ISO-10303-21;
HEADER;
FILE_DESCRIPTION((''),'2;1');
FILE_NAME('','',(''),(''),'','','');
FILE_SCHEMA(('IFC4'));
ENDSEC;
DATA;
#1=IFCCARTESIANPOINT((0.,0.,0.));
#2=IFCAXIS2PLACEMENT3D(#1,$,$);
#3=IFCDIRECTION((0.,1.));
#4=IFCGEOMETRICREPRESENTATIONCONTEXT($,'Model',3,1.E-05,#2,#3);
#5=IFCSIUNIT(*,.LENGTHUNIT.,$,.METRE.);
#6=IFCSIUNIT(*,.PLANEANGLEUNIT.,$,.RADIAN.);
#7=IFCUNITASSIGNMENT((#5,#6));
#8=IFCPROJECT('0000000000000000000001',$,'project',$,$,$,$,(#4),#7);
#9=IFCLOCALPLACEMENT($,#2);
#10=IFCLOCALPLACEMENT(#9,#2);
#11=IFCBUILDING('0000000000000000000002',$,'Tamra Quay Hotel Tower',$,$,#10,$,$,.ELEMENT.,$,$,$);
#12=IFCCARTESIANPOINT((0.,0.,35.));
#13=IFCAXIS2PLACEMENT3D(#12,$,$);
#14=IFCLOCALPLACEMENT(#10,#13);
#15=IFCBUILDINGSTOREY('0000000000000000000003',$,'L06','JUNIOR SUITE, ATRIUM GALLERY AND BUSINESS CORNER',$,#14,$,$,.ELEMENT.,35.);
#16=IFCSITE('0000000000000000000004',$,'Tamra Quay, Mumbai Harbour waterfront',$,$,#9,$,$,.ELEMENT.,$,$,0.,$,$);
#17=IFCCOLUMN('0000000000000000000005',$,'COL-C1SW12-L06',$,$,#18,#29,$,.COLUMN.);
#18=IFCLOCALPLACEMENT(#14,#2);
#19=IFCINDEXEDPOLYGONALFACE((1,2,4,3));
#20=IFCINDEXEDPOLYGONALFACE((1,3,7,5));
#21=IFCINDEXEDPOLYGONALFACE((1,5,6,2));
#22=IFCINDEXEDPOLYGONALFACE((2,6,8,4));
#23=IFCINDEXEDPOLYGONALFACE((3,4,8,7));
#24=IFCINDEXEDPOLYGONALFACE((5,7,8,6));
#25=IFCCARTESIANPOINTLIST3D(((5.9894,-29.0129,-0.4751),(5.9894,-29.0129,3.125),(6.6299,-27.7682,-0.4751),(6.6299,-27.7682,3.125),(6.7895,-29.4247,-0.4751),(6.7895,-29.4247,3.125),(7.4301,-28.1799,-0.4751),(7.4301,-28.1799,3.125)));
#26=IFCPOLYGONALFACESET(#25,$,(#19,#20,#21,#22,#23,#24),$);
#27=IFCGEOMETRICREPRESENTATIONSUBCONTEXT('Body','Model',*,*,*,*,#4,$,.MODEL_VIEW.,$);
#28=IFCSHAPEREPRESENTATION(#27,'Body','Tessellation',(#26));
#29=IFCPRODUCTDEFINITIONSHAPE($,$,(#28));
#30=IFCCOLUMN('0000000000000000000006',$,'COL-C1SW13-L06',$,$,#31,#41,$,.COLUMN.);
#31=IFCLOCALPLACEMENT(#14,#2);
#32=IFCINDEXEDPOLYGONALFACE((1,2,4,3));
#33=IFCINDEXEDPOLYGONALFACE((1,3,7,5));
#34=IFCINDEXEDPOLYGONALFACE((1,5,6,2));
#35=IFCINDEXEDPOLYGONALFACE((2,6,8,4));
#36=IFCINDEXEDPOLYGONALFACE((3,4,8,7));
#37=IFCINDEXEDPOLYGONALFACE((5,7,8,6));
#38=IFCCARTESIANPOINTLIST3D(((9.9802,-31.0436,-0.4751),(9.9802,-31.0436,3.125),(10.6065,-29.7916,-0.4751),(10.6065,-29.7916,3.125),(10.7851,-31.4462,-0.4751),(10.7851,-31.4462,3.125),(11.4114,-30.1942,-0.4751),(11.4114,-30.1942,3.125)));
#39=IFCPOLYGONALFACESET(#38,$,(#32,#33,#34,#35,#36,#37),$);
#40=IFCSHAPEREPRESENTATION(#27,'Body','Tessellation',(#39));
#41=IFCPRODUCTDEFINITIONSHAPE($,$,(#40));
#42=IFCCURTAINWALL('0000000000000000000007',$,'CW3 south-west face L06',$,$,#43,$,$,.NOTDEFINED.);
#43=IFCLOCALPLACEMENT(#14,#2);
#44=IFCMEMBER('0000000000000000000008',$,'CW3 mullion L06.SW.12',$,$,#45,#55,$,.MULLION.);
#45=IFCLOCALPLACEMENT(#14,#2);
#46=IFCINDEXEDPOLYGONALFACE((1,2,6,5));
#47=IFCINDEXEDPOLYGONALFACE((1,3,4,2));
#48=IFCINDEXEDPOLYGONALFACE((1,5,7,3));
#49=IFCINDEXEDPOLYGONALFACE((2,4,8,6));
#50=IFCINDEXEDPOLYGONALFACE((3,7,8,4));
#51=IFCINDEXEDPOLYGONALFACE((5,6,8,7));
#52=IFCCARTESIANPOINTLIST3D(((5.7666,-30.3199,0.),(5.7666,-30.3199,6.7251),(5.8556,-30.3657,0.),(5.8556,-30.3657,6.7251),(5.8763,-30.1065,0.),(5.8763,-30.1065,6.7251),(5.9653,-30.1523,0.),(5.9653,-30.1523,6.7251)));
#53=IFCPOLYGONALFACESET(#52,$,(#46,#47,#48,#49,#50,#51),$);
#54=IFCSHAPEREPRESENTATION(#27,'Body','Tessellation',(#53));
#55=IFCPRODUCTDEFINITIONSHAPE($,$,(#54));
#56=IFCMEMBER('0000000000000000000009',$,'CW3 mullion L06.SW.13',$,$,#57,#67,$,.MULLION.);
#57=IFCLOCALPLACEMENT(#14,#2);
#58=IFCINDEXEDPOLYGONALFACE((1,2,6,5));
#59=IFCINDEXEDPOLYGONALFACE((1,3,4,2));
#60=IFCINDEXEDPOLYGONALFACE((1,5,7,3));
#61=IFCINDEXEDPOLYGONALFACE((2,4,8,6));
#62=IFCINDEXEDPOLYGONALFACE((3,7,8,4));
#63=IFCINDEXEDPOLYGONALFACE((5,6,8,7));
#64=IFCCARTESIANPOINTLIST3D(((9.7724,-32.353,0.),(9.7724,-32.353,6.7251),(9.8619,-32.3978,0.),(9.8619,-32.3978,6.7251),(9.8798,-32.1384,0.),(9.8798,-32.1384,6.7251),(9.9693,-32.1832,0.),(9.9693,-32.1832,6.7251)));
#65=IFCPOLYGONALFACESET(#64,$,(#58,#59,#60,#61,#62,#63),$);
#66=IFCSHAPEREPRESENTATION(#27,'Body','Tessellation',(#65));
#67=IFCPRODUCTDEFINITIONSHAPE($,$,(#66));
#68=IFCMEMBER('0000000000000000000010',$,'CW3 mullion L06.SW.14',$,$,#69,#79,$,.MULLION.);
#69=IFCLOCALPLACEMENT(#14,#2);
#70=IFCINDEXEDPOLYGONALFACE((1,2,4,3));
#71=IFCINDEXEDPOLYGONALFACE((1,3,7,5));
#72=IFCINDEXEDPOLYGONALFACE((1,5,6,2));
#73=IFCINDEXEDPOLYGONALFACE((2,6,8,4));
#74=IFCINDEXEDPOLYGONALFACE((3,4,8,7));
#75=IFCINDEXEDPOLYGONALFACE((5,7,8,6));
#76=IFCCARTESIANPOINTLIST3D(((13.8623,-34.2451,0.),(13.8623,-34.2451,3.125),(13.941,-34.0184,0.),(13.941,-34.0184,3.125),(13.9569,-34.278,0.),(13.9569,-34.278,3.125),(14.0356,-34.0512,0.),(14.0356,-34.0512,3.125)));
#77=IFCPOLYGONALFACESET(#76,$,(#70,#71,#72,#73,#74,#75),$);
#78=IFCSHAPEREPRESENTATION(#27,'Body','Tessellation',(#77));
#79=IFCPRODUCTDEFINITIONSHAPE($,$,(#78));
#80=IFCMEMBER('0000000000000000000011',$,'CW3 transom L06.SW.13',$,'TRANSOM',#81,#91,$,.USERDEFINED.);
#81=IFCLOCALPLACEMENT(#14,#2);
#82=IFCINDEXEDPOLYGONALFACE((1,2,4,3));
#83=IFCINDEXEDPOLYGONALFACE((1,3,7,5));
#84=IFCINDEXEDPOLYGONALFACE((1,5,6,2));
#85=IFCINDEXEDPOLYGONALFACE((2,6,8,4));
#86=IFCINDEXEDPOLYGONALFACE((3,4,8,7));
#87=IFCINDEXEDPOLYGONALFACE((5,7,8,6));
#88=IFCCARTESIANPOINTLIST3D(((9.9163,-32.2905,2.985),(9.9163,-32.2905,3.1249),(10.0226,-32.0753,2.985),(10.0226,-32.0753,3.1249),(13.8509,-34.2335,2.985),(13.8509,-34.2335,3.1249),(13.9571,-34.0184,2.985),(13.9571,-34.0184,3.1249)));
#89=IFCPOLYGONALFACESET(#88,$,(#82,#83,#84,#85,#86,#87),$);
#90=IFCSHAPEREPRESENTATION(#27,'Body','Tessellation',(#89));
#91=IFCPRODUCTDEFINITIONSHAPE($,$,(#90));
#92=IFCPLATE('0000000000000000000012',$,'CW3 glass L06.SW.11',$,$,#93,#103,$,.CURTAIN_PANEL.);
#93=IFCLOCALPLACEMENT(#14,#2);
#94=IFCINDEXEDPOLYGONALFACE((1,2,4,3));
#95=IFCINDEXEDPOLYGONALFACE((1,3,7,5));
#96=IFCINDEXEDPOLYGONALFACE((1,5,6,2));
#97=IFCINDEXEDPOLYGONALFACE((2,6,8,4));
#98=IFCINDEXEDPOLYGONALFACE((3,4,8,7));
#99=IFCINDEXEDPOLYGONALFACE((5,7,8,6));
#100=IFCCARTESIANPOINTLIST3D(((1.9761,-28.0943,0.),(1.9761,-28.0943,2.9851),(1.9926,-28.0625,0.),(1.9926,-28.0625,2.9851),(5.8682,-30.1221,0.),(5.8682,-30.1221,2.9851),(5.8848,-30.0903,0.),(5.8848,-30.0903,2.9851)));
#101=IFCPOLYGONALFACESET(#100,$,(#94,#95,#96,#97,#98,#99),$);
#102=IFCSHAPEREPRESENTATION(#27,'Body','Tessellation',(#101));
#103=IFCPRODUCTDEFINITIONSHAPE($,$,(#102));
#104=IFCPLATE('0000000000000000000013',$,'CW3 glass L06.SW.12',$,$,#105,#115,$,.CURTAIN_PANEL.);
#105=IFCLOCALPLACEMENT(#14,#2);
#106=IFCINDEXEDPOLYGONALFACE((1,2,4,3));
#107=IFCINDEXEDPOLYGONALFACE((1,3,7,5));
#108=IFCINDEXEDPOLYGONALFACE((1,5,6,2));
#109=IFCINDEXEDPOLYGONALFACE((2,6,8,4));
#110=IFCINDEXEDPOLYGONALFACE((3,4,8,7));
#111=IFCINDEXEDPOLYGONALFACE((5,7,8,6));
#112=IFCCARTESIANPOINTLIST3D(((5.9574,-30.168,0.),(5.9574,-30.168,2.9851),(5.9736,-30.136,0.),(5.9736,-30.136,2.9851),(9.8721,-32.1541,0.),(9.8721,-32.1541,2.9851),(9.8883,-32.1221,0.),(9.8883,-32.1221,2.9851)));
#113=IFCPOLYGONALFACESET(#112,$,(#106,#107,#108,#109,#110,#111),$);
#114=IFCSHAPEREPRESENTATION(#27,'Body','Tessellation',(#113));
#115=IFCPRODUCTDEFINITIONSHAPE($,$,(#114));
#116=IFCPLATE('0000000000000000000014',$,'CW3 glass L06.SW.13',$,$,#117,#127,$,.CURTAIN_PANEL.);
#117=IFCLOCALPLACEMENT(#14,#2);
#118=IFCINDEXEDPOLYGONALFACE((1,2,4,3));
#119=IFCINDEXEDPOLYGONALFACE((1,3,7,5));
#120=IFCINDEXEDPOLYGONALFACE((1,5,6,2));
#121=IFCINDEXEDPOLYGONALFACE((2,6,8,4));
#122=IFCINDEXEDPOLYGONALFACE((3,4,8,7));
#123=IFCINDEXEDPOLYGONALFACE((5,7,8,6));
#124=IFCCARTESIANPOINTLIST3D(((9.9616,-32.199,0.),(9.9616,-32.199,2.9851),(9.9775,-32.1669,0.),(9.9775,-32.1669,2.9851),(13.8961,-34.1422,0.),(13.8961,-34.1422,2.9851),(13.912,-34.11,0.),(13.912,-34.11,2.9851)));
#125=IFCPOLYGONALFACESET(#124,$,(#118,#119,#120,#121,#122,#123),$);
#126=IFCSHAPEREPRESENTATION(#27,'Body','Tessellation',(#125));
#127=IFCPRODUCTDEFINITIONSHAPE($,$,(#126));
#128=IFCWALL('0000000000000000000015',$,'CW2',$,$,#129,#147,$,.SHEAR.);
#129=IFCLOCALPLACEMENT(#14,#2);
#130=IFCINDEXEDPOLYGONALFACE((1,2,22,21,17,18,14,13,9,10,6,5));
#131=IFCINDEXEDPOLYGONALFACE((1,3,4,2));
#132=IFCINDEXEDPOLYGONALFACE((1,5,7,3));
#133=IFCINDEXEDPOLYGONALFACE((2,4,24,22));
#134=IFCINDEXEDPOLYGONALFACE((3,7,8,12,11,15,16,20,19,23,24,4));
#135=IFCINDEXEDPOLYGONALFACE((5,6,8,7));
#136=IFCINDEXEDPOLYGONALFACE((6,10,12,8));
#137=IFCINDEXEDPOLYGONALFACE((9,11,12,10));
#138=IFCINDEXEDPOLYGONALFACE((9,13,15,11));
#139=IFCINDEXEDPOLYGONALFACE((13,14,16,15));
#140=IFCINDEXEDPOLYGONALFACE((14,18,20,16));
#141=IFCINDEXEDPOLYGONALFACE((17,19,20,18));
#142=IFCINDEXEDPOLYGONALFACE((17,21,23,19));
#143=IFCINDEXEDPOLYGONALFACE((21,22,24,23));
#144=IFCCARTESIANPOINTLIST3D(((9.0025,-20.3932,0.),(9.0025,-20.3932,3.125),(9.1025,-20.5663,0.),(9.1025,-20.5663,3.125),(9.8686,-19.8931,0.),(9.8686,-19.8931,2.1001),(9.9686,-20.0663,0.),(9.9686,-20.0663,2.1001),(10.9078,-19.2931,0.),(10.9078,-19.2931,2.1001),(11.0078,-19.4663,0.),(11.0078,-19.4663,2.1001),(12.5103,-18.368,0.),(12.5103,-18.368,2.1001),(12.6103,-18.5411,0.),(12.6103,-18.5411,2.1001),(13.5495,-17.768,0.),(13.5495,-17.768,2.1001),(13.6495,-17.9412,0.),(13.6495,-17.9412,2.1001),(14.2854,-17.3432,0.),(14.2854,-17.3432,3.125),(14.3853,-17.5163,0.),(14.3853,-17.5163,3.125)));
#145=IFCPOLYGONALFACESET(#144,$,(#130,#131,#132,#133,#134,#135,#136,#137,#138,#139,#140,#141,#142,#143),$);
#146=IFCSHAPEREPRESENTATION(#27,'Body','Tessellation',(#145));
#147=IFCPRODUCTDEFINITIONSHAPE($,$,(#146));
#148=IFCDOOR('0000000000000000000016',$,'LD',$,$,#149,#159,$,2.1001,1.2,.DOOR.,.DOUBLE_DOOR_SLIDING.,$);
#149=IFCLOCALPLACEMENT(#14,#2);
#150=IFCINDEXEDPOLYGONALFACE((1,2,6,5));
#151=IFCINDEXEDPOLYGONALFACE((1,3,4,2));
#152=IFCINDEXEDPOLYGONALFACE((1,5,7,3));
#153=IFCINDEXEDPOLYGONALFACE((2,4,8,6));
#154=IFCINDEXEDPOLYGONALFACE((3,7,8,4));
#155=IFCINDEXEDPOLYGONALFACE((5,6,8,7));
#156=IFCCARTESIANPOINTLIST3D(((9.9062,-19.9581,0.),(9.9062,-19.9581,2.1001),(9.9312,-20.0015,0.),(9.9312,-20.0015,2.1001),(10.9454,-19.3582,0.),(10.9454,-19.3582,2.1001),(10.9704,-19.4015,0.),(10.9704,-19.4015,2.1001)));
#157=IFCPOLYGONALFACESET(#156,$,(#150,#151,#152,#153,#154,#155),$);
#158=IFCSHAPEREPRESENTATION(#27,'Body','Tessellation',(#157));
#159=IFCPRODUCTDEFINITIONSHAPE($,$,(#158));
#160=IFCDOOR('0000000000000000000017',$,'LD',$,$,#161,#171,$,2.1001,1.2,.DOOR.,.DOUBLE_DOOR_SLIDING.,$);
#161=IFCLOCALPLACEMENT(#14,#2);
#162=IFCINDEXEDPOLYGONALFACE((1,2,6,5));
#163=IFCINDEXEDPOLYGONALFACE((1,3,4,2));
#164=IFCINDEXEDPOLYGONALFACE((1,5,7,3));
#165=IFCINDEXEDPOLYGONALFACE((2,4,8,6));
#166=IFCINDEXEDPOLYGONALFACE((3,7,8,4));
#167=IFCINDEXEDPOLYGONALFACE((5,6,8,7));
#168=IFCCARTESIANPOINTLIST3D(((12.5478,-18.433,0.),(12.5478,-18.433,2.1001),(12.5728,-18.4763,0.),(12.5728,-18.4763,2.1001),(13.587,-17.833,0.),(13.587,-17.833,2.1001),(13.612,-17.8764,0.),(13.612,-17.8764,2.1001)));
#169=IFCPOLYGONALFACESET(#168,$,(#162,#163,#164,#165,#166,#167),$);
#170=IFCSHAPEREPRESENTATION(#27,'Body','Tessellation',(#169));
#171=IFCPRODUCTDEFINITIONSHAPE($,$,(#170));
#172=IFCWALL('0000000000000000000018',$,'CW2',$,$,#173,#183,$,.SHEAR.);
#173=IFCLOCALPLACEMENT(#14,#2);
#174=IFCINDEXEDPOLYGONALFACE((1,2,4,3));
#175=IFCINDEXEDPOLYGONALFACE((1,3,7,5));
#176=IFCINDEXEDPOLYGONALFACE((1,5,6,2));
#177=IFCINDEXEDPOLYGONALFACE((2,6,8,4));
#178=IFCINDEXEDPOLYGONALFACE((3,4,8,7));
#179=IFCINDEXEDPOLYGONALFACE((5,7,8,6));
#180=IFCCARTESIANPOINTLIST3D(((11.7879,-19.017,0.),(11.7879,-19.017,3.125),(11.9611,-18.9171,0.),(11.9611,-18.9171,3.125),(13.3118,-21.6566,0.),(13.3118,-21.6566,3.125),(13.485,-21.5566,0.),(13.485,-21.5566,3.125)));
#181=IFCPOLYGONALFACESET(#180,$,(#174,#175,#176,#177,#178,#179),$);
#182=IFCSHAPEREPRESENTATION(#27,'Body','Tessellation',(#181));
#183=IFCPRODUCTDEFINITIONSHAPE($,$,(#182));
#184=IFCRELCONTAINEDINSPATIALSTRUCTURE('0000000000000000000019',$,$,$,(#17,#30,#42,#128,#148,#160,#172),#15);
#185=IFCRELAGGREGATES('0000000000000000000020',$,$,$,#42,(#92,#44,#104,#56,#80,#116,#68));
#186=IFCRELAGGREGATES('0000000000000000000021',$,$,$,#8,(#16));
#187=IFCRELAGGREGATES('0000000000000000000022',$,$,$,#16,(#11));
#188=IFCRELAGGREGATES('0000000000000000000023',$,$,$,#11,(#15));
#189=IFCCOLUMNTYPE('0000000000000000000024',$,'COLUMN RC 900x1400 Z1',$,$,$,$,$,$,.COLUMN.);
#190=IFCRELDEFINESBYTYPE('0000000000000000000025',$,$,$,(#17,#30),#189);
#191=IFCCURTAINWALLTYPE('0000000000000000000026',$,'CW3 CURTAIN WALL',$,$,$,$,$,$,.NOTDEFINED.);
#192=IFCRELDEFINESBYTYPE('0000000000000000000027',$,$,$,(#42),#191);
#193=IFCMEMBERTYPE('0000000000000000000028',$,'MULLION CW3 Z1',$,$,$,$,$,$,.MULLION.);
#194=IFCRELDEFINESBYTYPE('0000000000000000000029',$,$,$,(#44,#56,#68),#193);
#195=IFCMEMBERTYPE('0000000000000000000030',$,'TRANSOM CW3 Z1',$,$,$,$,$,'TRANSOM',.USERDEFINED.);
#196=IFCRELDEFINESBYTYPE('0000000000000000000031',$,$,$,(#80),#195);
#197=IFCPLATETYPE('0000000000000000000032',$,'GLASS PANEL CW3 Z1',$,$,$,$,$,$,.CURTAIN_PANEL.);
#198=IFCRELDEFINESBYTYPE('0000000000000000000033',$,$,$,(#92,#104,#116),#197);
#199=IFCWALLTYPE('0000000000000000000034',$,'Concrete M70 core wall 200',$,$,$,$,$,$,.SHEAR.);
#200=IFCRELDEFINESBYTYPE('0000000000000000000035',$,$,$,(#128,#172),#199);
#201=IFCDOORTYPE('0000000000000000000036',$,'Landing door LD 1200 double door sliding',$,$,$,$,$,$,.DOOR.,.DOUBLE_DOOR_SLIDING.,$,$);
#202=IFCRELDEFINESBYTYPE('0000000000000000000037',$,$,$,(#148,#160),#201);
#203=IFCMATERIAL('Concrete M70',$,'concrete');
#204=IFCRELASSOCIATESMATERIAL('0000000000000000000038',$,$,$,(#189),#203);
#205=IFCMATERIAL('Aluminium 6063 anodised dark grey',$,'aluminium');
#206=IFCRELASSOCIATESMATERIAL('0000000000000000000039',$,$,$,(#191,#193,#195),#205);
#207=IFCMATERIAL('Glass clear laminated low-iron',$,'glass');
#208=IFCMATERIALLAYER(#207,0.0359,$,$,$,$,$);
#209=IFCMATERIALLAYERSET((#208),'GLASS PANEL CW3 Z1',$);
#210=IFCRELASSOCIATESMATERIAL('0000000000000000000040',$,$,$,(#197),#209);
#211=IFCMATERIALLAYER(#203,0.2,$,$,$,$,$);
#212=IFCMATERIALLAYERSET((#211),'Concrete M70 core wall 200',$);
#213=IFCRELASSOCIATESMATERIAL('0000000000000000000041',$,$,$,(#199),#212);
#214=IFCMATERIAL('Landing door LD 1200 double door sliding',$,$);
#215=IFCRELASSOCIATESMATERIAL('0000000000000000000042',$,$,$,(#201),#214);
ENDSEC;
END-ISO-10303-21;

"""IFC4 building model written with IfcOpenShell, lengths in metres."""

from ifc_helpers import new_model, si_unit, direction, frame, frame_2d, origin, origin_2d, place, context, subcontext, project, spatial, rectangle, extrude, material, layer, layer_set, material_profile, profile_set, type_object, element, fill, aggregate, save


model = new_model("IFC4")

# Units and contexts
model_context = context("Model", 3, precision=1e-05, world=origin(), true_north=direction((0.0, 1.0)))
body_context = subcontext(model_context, "Body", "Model", "MODEL_VIEW")
ifc_project = project(units=[si_unit("LENGTHUNIT", "METRE"), si_unit("PLANEANGLEUNIT", "RADIAN")], contexts=[model_context])

# Site, building, storey
site_placement = place(None, origin())
site = spatial("IfcSite", under=ifc_project, at=site_placement, Name="Tamra Quay, Mumbai Harbour waterfront", CompositionType="ELEMENT", RefElevation=0.0)
building_placement = place(site_placement, origin())
building = spatial("IfcBuilding", under=site, at=building_placement, Name="Tamra Quay Hotel Tower", CompositionType="ELEMENT")
storey_placement = place(building_placement, frame((0.0, 0.0, 35.0)))
storey = spatial("IfcBuildingStorey", under=building, at=storey_placement, Name="L06", Description="JUNIOR SUITE, ATRIUM GALLERY AND BUSINESS CORNER", CompositionType="ELEMENT", Elevation=35.0)

# Columns
ifc_material_1 = material(Name="Concrete M70", Category="concrete")
ifc_material_profile_1 = material_profile(ifc_material_1, rectangle(XDim=1.3999, YDim=0.8999, at=origin_2d()), Name="COLUMN RC 900x1400 Z1")
ifc_profile_set_1 = profile_set([ifc_material_profile_1], Name="Concrete M70")
column_type = type_object("IfcColumnType", Name="COLUMN RC 900x1400 Z1", PredefinedType="COLUMN", material=ifc_profile_set_1)
for number, where, z_axis, x_axis, name in (
    (1, (6.7097, -28.5964, -0.4751), (0.0, 0.0, 1.0), (0.457548, 0.889185, 0.0), "COL-C1SW12-L06"),
    (2, (10.6958, -30.6189, -0.4751), (0.0, 0.0, 1.0), (0.447377, 0.894346, 0.0), "COL-C1SW13-L06"),
):
    element("IfcColumn", number, at=place(storey_placement, frame(where, z_axis=z_axis, x_axis=x_axis)), inside=storey, type_object=column_type, Name=name, PredefinedType="COLUMN", context=body_context, shape_type="SweptSolid", body=[
        extrude(rectangle(XDim=1.3999, YDim=0.8999, at=origin_2d()), origin(), (0.0, 0.0, 1.0), 3.6001),
    ])

# Curtain wall, members, plates
ifc_material_2 = material(Name="Aluminium 6063 anodised dark grey", Category="aluminium")
curtain_wall_type = type_object("IfcCurtainWallType", Name="CW3 CURTAIN WALL", PredefinedType="NOTDEFINED", material=ifc_material_2)
curtain_wall_placement = place(storey_placement, origin())
curtain_wall = element("IfcCurtainWall", 3, at=curtain_wall_placement, inside=storey, type_object=curtain_wall_type, Name="CW3 south-west face L06", PredefinedType="NOTDEFINED")
ifc_material_profile_2 = material_profile(ifc_material_2, rectangle(XDim=0.24, YDim=0.1001, at=origin_2d()), Name="MULLION 100X240")
ifc_profile_set_2 = profile_set([ifc_material_profile_2], Name="Aluminium 6063 anodised dark grey")
member_type_1 = type_object("IfcMemberType", Name="MULLION CW3 Z1", PredefinedType="MULLION", material=ifc_profile_set_2)
member_1_placement = place(storey_placement, frame((5.866, -30.2361, 0.0), z_axis=(0.0, 0.0, 1.0), x_axis=(-0.457254, -0.889336, 0.0)))
member_1 = element("IfcMember", 4, at=member_1_placement, type_object=member_type_1, Name="CW3 mullion L06.SW.12", PredefinedType="MULLION", context=body_context, shape_type="SweptSolid", body=[
    extrude(rectangle(XDim=0.24, YDim=0.1001, at=origin_2d()), origin(), (0.0, 0.0, 1.0), 6.7251),
])
member_2_placement = place(storey_placement, frame((9.8708, -32.2681, 0.0), z_axis=(0.0, 0.0, 1.0), x_axis=(-0.447641, -0.894214, 0.0)))
member_2 = element("IfcMember", 5, at=member_2_placement, type_object=member_type_1, Name="CW3 mullion L06.SW.13", PredefinedType="MULLION", context=body_context, shape_type="SweptSolid", body=[
    extrude(rectangle(XDim=0.24, YDim=0.1001, at=origin_2d()), origin(), (0.0, 0.0, 1.0), 6.7251),
])
member_3_placement = place(storey_placement, frame((13.949, -34.1482, 0.0), z_axis=(0.0, 0.0, 1.0), x_axis=(-0.327898, -0.944713, 0.0)))
member_3 = element("IfcMember", 6, at=member_3_placement, type_object=member_type_1, Name="CW3 mullion L06.SW.14", PredefinedType="MULLION", context=body_context, shape_type="SweptSolid", body=[
    extrude(rectangle(XDim=0.24, YDim=0.1001, at=origin_2d()), origin(), (0.0, 0.0, 1.0), 3.125),
])
ifc_material_profile_3 = material_profile(ifc_material_2, rectangle(XDim=0.24, YDim=0.1399, at=origin_2d()), Name="TRANSOM 240X140")
ifc_profile_set_3 = profile_set([ifc_material_profile_3], Name="Aluminium 6063 anodised dark grey")
member_type_2 = type_object("IfcMemberType", Name="TRANSOM CW3 Z1", ElementType="TRANSOM", PredefinedType="USERDEFINED", material=ifc_profile_set_3)
member_4_placement = place(storey_placement, frame((9.9695, -32.1829, 3.0549), z_axis=(0.896619, -0.442802, 0.0), x_axis=(0.442802, 0.896619, 0.0)))
member_4 = element("IfcMember", 7, at=member_4_placement, type_object=member_type_2, Name="CW3 transom L06.SW.13", ObjectType="TRANSOM", PredefinedType="USERDEFINED", context=body_context, shape_type="SweptSolid", body=[
    extrude(rectangle(XDim=0.24, YDim=0.1399, at=origin_2d()), origin(), (0.0, 0.0, 1.0), 4.3882),
])
ifc_material_3 = material(Name="Glass clear laminated low-iron", Category="glass")
ifc_layer_1 = layer(ifc_material_3, 0.0359)
ifc_layer_set_1 = layer_set([ifc_layer_1], Name="GLASS PANEL CW3 Z1")
plate_type = type_object("IfcPlateType", Name="GLASS PANEL CW3 Z1", PredefinedType="CURTAIN_PANEL", material=ifc_layer_set_1)
plate_1_placement = place(storey_placement, frame((3.9304, -29.0923, 0.0), z_axis=(0.0, 0.0, 1.0), x_axis=(0.886857, -0.462045, 0.0)))
plate_1 = element("IfcPlate", 8, at=plate_1_placement, type_object=plate_type, Name="CW3 glass L06.SW.11", PredefinedType="CURTAIN_PANEL", context=body_context, shape_type="SweptSolid", body=[
    extrude(rectangle(XDim=4.3887, YDim=0.0359, at=origin_2d()), origin(), (0.0, 0.0, 1.0), 2.9851),
])
plate_2_placement = place(storey_placement, frame((7.9229, -31.145, 0.0), z_axis=(0.0, 0.0, 1.0), x_axis=(0.89179, -0.45245, 0.0)))
plate_2 = element("IfcPlate", 9, at=plate_2_placement, type_object=plate_type, Name="CW3 glass L06.SW.12", PredefinedType="CURTAIN_PANEL", context=body_context, shape_type="SweptSolid", body=[
    extrude(rectangle(XDim=4.3896, YDim=0.0359, at=origin_2d()), origin(), (0.0, 0.0, 1.0), 2.9851),
])
plate_3_placement = place(storey_placement, frame((11.9368, -33.1545, 0.0), z_axis=(0.0, 0.0, 1.0), x_axis=(0.896611, -0.442819, 0.0)))
plate_3 = element("IfcPlate", 10, at=plate_3_placement, type_object=plate_type, Name="CW3 glass L06.SW.13", PredefinedType="CURTAIN_PANEL", context=body_context, shape_type="SweptSolid", body=[
    extrude(rectangle(XDim=4.3882, YDim=0.0359, at=origin_2d()), origin(), (0.0, 0.0, 1.0), 2.9851),
])
aggregate(curtain_wall, [plate_1, member_1, plate_2, member_2, member_4, plate_3, member_3])

# Wall, openings, doors
ifc_layer_2 = layer(ifc_material_1, 0.2)
ifc_layer_set_2 = layer_set([ifc_layer_2], Name="Concrete M70 core wall 200")
wall_type_1 = type_object("IfcWallType", Name="Concrete M70 core wall 200", PredefinedType="SHEAR", material=ifc_layer_set_2)
wall_1_placement = place(storey_placement, frame((9.0525, -20.4797, 0.0), z_axis=(0.0, 0.0, 1.0), x_axis=(0.86603, 0.499992, 0.0)))
wall_1 = element("IfcWall", 11, at=wall_1_placement, inside=storey, type_object=wall_type_1, Name="CW2", PredefinedType="SHEAR", context=body_context, shape_type="SweptSolid", body=[
    extrude(rectangle(XDim=6.1001, YDim=0.2, at=frame_2d((3.05, 0.0))), origin(), (0.0, 0.0, 1.0), 3.125),
])
opening_1_placement = place(wall_1_placement, frame((1.0, 0.0, 0.0)))
opening_1 = element("IfcOpeningElement", 12, at=opening_1_placement, cuts=wall_1, PredefinedType="OPENING", context=body_context, shape_type="SweptSolid", body=[
    extrude(rectangle(XDim=1.2, YDim=2.1001, at=frame_2d((0.6001, 1.05))), frame((0.0, 0.1099, 0.0), z_axis=(0.0, -1.0, 0.0), x_axis=(1.0, 0.0, 0.0)), (0.0, 0.0, 1.0), 0.22),
])
opening_2_placement = place(wall_1_placement, frame((4.0503, 0.0, 0.0)))
opening_2 = element("IfcOpeningElement", 13, at=opening_2_placement, cuts=wall_1, PredefinedType="OPENING", context=body_context, shape_type="SweptSolid", body=[
    extrude(rectangle(XDim=1.2, YDim=2.1001, at=frame_2d((0.6001, 1.05))), frame((0.0, 0.1099, 0.0), z_axis=(0.0, -1.0, 0.0), x_axis=(1.0, 0.0, 0.0)), (0.0, 0.0, 1.0), 0.22),
])
ifc_material_4 = material(Name="Landing door LD 1200 double door sliding")
door_type_1 = type_object("IfcDoorType", Name="Landing door LD 1200 double door sliding", OperationType="DOUBLE_DOOR_SLIDING", PredefinedType="DOOR", material=ifc_material_4)
door_1_placement = place(opening_1_placement, origin())
door_1 = element("IfcDoor", 14, at=door_1_placement, inside=storey, type_object=door_type_1, Name="LD", OperationType="DOUBLE_DOOR_SLIDING", OverallHeight=2.1001, OverallWidth=1.2, PredefinedType="DOOR", context=body_context, shape_type="SweptSolid", body=[
    extrude(rectangle(XDim=1.2, YDim=2.1001, at=frame_2d((0.6001, 1.05))), frame((0.0, 0.0249, 0.0), z_axis=(0.0, -1.0, 0.0), x_axis=(1.0, 0.0, 0.0)), (0.0, 0.0, 1.0), 0.05),
])
fill(opening_1, door_1)
door_2_placement = place(opening_2_placement, origin())
door_2 = element("IfcDoor", 15, at=door_2_placement, inside=storey, type_object=door_type_1, Name="LD", OperationType="DOUBLE_DOOR_SLIDING", OverallHeight=2.1001, OverallWidth=1.2, PredefinedType="DOOR", context=body_context, shape_type="SweptSolid", body=[
    extrude(rectangle(XDim=1.2, YDim=2.1001, at=frame_2d((0.6001, 1.05))), frame((0.0, 0.0249, 0.0), z_axis=(0.0, -1.0, 0.0), x_axis=(1.0, 0.0, 0.0)), (0.0, 0.0, 1.0), 0.05),
])
fill(opening_2, door_2)

# Wall
wall_2_placement = place(storey_placement, frame((11.8745, -18.967, 0.0), z_axis=(0.0, 0.0, 1.0), x_axis=(0.499981, -0.866036, 0.0)))
element("IfcWall", 16, at=wall_2_placement, inside=storey, type_object=wall_type_1, Name="CW2", PredefinedType="SHEAR", context=body_context, shape_type="SweptSolid", body=[
    extrude(rectangle(XDim=3.0479, YDim=0.2, at=frame_2d((1.5239, 0.0))), origin(), (0.0, 0.0, 1.0), 3.125),
])

save(model, "model.ifc")
